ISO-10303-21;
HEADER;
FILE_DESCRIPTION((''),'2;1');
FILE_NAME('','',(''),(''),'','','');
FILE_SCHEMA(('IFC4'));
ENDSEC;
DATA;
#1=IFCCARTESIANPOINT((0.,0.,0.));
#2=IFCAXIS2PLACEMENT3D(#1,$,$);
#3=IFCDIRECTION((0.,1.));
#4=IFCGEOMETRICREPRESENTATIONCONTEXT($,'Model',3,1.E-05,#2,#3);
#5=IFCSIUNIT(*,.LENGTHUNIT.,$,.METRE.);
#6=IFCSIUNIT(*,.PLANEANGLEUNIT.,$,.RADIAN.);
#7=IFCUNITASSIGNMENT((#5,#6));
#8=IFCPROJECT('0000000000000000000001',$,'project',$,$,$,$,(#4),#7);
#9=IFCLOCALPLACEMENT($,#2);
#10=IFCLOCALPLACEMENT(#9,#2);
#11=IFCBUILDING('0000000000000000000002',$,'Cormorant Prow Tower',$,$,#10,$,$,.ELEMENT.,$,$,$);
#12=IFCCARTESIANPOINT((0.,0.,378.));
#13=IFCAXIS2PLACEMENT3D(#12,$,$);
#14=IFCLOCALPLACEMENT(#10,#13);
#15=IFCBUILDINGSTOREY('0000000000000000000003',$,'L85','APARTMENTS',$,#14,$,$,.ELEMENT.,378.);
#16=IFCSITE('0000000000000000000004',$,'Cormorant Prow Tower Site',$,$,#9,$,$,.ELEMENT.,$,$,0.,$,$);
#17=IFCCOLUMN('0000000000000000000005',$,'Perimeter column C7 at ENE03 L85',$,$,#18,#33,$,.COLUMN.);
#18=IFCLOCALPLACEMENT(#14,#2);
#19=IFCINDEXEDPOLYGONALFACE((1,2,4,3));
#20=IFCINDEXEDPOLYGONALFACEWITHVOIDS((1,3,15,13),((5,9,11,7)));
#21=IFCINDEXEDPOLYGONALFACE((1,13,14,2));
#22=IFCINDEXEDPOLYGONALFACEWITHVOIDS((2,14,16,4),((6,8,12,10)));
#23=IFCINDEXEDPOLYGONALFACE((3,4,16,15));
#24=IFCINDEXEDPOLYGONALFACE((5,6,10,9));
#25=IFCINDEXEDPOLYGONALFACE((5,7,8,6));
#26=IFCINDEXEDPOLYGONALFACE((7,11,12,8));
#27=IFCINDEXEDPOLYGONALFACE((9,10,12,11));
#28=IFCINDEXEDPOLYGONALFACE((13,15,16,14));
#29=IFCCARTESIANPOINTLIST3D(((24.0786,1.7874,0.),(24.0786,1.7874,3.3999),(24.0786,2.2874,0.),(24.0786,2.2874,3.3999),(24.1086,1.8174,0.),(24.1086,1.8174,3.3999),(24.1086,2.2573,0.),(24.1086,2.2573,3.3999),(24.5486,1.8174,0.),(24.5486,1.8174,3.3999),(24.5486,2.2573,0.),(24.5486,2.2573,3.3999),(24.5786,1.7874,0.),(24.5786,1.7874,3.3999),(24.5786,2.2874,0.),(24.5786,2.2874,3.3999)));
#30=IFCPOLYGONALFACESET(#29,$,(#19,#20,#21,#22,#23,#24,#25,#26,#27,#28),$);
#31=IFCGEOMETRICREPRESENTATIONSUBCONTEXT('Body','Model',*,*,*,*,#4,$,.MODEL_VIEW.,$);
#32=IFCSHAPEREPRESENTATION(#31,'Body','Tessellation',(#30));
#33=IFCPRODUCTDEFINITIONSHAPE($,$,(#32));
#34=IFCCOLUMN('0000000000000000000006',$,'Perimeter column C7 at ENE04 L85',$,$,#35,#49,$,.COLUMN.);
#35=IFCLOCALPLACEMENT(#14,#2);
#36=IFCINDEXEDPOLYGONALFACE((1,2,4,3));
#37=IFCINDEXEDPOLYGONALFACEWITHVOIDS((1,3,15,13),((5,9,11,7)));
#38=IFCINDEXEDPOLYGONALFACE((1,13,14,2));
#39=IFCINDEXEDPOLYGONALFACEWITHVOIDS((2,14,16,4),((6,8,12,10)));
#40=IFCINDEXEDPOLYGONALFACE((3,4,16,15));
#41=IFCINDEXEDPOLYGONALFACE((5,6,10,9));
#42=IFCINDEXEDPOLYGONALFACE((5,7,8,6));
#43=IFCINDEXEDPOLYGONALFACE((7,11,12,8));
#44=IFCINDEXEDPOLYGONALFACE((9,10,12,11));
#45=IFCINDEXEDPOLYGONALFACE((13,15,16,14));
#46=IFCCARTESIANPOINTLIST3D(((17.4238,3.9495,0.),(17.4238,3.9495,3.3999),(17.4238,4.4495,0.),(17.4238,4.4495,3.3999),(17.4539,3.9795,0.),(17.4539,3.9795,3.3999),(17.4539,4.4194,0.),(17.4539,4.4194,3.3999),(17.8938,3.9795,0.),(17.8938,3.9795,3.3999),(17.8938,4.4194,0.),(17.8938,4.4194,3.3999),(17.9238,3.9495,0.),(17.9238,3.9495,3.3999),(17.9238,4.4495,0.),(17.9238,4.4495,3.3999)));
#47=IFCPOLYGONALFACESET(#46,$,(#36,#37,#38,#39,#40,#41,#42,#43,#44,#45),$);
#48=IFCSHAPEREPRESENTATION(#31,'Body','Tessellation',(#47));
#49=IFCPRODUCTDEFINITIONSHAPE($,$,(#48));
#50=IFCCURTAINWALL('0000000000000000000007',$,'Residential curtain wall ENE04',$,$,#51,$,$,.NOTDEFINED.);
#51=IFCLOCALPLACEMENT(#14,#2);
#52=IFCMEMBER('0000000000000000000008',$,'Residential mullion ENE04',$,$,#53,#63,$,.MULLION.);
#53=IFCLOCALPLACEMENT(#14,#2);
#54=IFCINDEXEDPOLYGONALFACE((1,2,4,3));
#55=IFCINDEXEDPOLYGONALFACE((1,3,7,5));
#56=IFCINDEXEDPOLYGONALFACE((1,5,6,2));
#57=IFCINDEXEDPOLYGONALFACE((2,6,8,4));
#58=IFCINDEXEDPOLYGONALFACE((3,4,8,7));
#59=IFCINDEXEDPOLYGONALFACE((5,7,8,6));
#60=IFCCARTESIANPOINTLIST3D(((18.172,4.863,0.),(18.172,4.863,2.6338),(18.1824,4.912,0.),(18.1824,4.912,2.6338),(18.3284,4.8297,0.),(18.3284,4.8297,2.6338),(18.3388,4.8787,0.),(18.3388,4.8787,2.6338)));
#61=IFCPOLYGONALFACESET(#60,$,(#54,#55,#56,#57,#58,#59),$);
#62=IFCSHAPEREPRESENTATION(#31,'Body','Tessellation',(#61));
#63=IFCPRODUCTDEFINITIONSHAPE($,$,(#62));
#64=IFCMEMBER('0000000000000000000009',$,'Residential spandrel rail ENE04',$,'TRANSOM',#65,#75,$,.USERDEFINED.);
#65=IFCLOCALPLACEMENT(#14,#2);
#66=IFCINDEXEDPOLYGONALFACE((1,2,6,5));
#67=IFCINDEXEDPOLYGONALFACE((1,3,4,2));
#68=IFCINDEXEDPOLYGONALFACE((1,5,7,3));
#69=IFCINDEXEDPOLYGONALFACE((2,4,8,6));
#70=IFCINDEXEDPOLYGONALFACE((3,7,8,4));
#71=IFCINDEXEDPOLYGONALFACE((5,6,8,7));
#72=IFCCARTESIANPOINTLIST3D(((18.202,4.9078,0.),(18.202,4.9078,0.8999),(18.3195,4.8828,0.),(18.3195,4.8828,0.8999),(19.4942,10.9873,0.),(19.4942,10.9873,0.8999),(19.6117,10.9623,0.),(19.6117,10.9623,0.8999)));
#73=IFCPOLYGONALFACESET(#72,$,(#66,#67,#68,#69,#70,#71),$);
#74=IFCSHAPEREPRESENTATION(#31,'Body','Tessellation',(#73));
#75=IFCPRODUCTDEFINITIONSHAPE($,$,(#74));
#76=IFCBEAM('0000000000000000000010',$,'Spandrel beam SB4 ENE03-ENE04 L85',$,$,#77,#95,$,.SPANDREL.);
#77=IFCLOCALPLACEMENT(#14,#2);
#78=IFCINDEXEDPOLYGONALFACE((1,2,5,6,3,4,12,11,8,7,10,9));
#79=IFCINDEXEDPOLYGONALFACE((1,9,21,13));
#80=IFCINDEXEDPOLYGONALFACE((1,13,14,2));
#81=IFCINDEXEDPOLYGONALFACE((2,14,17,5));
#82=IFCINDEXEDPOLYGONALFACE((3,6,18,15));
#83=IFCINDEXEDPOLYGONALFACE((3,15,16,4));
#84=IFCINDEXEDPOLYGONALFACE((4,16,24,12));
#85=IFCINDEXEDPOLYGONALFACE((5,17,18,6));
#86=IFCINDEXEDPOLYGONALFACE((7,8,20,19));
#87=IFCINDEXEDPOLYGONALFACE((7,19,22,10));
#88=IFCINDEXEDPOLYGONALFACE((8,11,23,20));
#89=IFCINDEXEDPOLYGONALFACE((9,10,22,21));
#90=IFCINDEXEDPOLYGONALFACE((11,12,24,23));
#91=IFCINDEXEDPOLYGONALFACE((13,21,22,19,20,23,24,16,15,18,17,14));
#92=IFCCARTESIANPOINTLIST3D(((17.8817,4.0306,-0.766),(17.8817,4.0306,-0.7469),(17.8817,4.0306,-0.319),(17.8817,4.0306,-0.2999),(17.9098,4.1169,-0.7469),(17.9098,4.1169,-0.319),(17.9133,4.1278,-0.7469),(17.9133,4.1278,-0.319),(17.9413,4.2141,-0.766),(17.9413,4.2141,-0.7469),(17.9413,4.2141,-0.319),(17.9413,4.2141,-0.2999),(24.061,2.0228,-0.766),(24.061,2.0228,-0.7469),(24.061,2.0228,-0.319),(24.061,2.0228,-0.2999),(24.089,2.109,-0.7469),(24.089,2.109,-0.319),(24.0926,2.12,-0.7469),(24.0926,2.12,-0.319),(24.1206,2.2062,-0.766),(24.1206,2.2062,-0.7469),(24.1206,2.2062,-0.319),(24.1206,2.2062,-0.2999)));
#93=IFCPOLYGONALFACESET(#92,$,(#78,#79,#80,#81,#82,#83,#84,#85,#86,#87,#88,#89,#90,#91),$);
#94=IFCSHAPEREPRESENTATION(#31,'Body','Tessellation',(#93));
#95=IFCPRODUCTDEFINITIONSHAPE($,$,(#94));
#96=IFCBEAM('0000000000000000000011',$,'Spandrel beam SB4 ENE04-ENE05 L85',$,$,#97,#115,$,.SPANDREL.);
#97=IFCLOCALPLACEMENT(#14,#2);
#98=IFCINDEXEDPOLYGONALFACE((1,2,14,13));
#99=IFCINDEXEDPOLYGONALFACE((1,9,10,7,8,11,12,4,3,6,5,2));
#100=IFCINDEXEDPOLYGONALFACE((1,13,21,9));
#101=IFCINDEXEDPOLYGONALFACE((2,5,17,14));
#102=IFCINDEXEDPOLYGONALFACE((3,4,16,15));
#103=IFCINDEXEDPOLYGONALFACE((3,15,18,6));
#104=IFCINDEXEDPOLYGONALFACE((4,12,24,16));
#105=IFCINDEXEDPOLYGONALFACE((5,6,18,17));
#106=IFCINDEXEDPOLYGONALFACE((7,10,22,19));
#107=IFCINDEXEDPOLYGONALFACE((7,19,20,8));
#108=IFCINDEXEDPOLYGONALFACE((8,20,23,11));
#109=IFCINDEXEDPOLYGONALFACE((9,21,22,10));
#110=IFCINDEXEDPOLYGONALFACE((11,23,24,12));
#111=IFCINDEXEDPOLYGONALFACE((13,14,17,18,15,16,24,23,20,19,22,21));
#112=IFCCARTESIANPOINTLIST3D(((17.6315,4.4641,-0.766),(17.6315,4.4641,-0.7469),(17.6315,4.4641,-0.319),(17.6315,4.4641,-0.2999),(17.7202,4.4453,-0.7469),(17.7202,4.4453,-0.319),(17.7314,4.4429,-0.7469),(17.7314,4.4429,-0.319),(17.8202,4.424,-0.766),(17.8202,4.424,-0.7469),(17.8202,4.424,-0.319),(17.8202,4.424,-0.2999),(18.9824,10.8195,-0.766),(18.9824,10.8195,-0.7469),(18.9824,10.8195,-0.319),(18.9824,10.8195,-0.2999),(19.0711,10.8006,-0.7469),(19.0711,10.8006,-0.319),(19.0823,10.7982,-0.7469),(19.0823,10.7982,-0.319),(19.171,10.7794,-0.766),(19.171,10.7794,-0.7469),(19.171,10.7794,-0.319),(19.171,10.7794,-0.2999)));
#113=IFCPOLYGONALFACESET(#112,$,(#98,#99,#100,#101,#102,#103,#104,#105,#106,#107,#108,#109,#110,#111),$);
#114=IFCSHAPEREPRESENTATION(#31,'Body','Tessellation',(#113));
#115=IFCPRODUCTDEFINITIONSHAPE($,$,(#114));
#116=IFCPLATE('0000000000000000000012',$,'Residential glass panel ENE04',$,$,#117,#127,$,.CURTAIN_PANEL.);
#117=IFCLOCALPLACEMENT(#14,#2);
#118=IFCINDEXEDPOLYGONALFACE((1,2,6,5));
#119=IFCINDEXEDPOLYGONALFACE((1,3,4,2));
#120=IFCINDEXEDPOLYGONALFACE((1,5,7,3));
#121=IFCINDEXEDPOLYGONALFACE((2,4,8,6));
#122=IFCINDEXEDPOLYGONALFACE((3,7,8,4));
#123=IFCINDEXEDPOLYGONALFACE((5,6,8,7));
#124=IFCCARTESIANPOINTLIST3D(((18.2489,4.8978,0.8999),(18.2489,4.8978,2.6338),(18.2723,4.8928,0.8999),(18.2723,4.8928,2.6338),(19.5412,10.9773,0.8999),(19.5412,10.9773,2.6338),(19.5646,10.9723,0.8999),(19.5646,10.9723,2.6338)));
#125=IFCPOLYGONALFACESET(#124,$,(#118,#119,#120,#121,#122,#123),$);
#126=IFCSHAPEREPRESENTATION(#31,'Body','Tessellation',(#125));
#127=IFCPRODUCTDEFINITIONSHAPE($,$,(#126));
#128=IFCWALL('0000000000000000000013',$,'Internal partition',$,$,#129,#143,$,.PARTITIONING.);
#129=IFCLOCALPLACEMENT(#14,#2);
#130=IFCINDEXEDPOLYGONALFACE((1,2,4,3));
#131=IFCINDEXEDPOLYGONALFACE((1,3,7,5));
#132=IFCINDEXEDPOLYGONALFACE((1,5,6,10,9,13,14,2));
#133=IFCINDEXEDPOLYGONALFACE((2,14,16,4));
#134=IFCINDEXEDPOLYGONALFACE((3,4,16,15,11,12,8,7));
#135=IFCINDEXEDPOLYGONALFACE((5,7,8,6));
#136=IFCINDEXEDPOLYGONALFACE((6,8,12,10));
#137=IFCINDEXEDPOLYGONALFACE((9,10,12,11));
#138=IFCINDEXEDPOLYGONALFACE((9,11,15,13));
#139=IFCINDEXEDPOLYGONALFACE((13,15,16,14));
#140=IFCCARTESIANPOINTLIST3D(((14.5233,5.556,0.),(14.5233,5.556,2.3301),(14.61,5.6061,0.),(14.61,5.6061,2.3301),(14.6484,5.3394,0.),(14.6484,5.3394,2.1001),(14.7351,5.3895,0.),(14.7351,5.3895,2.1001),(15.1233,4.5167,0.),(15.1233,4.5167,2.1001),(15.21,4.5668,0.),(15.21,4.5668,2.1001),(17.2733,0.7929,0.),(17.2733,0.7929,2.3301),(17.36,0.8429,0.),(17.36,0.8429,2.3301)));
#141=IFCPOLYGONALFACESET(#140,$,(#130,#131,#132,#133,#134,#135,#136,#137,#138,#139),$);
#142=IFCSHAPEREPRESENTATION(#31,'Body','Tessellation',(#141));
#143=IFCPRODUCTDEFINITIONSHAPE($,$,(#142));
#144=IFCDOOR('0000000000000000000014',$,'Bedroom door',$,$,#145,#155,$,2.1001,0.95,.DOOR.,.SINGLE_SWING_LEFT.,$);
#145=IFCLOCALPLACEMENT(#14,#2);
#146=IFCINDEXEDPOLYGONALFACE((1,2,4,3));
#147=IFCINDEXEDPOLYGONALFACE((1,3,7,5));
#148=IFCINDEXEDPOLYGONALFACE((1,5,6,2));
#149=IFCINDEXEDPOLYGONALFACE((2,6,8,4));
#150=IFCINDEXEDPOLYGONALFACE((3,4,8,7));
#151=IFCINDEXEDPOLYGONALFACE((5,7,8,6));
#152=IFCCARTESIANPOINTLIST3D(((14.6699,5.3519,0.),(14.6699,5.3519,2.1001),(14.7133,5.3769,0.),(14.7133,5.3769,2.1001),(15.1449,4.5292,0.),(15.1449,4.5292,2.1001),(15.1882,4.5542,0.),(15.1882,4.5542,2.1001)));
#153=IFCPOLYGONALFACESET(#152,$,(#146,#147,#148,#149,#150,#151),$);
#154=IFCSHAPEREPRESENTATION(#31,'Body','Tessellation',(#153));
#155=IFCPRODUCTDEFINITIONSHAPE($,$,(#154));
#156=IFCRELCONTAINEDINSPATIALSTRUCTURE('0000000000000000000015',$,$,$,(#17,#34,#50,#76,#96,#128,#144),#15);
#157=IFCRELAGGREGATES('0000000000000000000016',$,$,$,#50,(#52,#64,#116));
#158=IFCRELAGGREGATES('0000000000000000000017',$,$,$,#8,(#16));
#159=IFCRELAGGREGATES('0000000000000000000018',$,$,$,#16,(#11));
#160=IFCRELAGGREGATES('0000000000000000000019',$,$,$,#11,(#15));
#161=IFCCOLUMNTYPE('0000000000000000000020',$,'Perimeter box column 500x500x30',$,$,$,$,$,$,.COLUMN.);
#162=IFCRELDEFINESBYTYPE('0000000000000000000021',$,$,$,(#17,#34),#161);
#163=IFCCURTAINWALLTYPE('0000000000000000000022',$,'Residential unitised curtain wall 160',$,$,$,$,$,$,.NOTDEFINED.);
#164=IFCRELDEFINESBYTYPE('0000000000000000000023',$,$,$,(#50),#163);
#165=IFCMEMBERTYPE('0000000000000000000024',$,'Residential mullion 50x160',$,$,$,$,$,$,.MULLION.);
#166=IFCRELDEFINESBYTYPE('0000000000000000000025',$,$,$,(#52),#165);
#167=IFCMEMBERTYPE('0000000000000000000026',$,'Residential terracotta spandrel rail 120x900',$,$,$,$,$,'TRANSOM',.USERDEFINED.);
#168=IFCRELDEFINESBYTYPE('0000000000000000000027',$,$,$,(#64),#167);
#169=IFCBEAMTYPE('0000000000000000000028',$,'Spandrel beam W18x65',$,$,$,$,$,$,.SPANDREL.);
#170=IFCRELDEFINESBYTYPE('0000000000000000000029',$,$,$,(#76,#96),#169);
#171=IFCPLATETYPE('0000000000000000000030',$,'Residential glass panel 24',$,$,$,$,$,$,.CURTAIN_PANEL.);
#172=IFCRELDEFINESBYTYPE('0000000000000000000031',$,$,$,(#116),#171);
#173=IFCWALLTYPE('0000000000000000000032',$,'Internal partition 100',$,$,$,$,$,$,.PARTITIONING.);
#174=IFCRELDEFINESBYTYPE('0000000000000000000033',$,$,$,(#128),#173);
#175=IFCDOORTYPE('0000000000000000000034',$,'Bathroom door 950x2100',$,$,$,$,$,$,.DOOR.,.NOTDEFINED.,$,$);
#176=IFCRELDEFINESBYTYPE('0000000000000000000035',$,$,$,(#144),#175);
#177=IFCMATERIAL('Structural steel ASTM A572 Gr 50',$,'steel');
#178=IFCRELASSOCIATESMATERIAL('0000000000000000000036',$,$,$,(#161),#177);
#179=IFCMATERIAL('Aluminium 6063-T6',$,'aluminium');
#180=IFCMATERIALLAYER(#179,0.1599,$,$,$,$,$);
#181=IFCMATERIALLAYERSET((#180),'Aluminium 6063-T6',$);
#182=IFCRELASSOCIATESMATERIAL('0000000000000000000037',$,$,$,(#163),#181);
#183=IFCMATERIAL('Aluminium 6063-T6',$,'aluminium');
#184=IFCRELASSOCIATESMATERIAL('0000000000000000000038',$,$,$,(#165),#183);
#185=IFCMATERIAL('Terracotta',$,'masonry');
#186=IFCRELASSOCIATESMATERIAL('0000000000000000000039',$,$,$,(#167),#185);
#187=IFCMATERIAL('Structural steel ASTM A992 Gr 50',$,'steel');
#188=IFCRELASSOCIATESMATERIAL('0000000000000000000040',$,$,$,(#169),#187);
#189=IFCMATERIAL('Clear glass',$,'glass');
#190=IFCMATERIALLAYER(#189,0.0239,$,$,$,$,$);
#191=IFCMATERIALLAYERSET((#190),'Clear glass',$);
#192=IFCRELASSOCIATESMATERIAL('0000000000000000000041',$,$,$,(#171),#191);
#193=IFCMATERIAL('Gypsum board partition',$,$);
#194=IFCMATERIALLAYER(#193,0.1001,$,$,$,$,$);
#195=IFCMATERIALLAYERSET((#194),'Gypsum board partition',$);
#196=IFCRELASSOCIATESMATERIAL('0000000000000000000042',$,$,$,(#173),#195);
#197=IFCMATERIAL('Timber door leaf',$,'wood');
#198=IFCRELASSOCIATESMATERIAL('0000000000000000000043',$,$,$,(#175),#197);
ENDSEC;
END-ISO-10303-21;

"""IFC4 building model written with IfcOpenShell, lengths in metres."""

from ifc_helpers import new_model, si_unit, direction, frame, frame_2d, origin, origin_2d, place, context, subcontext, project, spatial, rectangle, hollow_rectangle, i_section, extrude, material, layer, layer_set, material_profile, profile_set, type_object, element, fill, aggregate, save


model = new_model("IFC4")

# Units and contexts
model_context = context("Model", 3, precision=1e-05, world=origin(), true_north=direction((0.0, 1.0)))
body_context = subcontext(model_context, "Body", "Model", "MODEL_VIEW")
ifc_project = project(units=[si_unit("LENGTHUNIT", "METRE"), si_unit("PLANEANGLEUNIT", "RADIAN")], contexts=[model_context])

# Site, building, storey
site_placement = place(None, origin())
site = spatial("IfcSite", under=ifc_project, at=site_placement, Name="Cormorant Prow Tower Site", CompositionType="ELEMENT", RefElevation=0.0)
building_placement = place(site_placement, origin())
building = spatial("IfcBuilding", under=site, at=building_placement, Name="Cormorant Prow Tower", CompositionType="ELEMENT")
storey_placement = place(building_placement, frame((0.0, 0.0, 378.0)))
storey = spatial("IfcBuildingStorey", under=building, at=storey_placement, Name="L85", Description="APARTMENTS", CompositionType="ELEMENT", Elevation=378.0)

# Columns
ifc_material_1 = material(Name="Structural steel ASTM A572 Gr 50", Category="steel")
ifc_material_profile_1 = material_profile(ifc_material_1, hollow_rectangle(XDim=0.5, YDim=0.5, WallThickness=0.03, at=origin_2d()), Name="Box 500x500x30")
ifc_profile_set_1 = profile_set([ifc_material_profile_1], Name="Structural steel ASTM A572 Gr 50")
column_type = type_object("IfcColumnType", Name="Perimeter box column 500x500x30", PredefinedType="COLUMN", material=ifc_profile_set_1)
for number, where, z_axis, x_axis, name in (
    (1, (24.3286, 2.0374, 0.0), (0.0, 0.0, 1.0), (1.0, 0.0, 0.0), "Perimeter column C7 at ENE03 L85"),
    (2, (17.6738, 4.1995, 0.0), (0.0, 0.0, 1.0), (1.0, 0.0, 0.0), "Perimeter column C7 at ENE04 L85"),
):
    element("IfcColumn", number, at=place(storey_placement, frame(where, z_axis=z_axis, x_axis=x_axis)), inside=storey, type_object=column_type, Name=name, PredefinedType="COLUMN", context=body_context, shape_type="SweptSolid", body=[
        extrude(hollow_rectangle(XDim=0.5, YDim=0.5, WallThickness=0.03, at=origin_2d()), origin(), (0.0, 0.0, 1.0), 3.3999),
    ])

# Curtain wall, members
ifc_material_2 = material(Name="Aluminium 6063-T6", Category="aluminium")
ifc_layer_1 = layer(ifc_material_2, 0.1599)
ifc_layer_set_1 = layer_set([ifc_layer_1], Name="Aluminium 6063-T6")
curtain_wall_type = type_object("IfcCurtainWallType", Name="Residential unitised curtain wall 160", PredefinedType="NOTDEFINED", material=ifc_layer_set_1)
curtain_wall_placement = place(storey_placement, origin())
curtain_wall = element("IfcCurtainWall", 3, at=curtain_wall_placement, inside=storey, type_object=curtain_wall_type, Name="Residential curtain wall ENE04", PredefinedType="NOTDEFINED")
ifc_material_3 = material(Name="Aluminium 6063-T6", Category="aluminium")
ifc_material_profile_2 = material_profile(ifc_material_3, rectangle(XDim=0.1599, YDim=0.05, at=origin_2d()), Name="Residential mullion 50x160")
ifc_profile_set_2 = profile_set([ifc_material_profile_2], Name="Aluminium 6063-T6")
member_type_1 = type_object("IfcMemberType", Name="Residential mullion 50x160", PredefinedType="MULLION", material=ifc_profile_set_2)
member_1_placement = place(storey_placement, frame((18.2554, 4.8708, 0.0), z_axis=(0.0, 0.0, 1.0), x_axis=(-0.978148, 0.207912, 0.0)))
member_1 = element("IfcMember", 4, at=member_1_placement, type_object=member_type_1, Name="Residential mullion ENE04", PredefinedType="MULLION", context=body_context, shape_type="SweptSolid", body=[
    extrude(rectangle(XDim=0.1599, YDim=0.05, at=origin_2d()), origin(), (0.0, 0.0, 1.0), 2.6338),
])
ifc_material_4 = material(Name="Terracotta", Category="masonry")
ifc_material_profile_3 = material_profile(ifc_material_4, rectangle(XDim=0.1201, YDim=0.8999, at=origin_2d()), Name="Residential terracotta spandrel rail 120x900")
ifc_profile_set_3 = profile_set([ifc_material_profile_3], Name="Terracotta")
member_type_2 = type_object("IfcMemberType", Name="Residential terracotta spandrel rail 120x900", ElementType="TRANSOM", PredefinedType="USERDEFINED", material=ifc_profile_set_3)
member_2_placement = place(storey_placement, frame((18.2607, 4.8953, 0.45), z_axis=(0.207909, 0.978148, 0.0), x_axis=(-0.978148, 0.207909, 0.0)))
member_2 = element("IfcMember", 5, at=member_2_placement, type_object=member_type_2, Name="Residential spandrel rail ENE04", ObjectType="TRANSOM", PredefinedType="USERDEFINED", context=body_context, shape_type="SweptSolid", body=[
    extrude(rectangle(XDim=0.1201, YDim=0.8999, at=origin_2d()), origin(), (0.0, 0.0, 1.0), 6.2153),
])

# Beams
ifc_material_5 = material(Name="Structural steel ASTM A992 Gr 50", Category="steel")
ifc_material_profile_4 = material_profile(ifc_material_5, i_section(OverallWidth=0.1929, OverallDepth=0.4661, WebThickness=0.0115, FlangeThickness=0.019, at=origin_2d()), Name="W18x65")
ifc_profile_set_4 = profile_set([ifc_material_profile_4], Name="Structural steel ASTM A992 Gr 50")
beam_type = type_object("IfcBeamType", Name="Spandrel beam W18x65", PredefinedType="SPANDREL", material=ifc_profile_set_4)
for number, where, z_axis, x_axis, name in (
    (6, (24.0908, 2.1145, -0.533), (-0.951053, 0.309027, 0.0), (-0.309027, -0.951053, 0.0), "Spandrel beam SB4 ENE03-ENE04 L85"),
    (7, (17.7258, 4.4441, -0.533), (0.20791, 0.978148, 0.0), (-0.978148, 0.20791, 0.0), "Spandrel beam SB4 ENE04-ENE05 L85"),
):
    element("IfcBeam", number, at=place(storey_placement, frame(where, z_axis=z_axis, x_axis=x_axis)), inside=storey, type_object=beam_type, Name=name, PredefinedType="SPANDREL", context=body_context, shape_type="SweptSolid", body=[
        extrude(i_section(OverallWidth=0.1929, OverallDepth=0.4661, WebThickness=0.0115, FlangeThickness=0.019, at=origin_2d()), origin(), (0.0, 0.0, 1.0), 6.4973),
    ])

# Plate
ifc_material_6 = material(Name="Clear glass", Category="glass")
ifc_layer_2 = layer(ifc_material_6, 0.0239)
ifc_layer_set_2 = layer_set([ifc_layer_2], Name="Clear glass")
plate_type = type_object("IfcPlateType", Name="Residential glass panel 24", PredefinedType="CURTAIN_PANEL", material=ifc_layer_set_2)
plate_placement = place(storey_placement, frame((18.9067, 7.9351, 0.8999), z_axis=(0.0, 0.0, 1.0), x_axis=(0.207912, 0.978148, 0.0)))
plate = element("IfcPlate", 8, at=plate_placement, type_object=plate_type, Name="Residential glass panel ENE04", PredefinedType="CURTAIN_PANEL", context=body_context, shape_type="SweptSolid", body=[
    extrude(rectangle(XDim=6.2153, YDim=0.0239, at=origin_2d()), origin(), (0.0, 0.0, 1.0), 1.7339),
])
aggregate(curtain_wall, [member_1, member_2, plate])

# Wall, opening, door
ifc_material_7 = material(Name="Gypsum board partition")
ifc_layer_3 = layer(ifc_material_7, 0.1001)
ifc_layer_set_3 = layer_set([ifc_layer_3], Name="Gypsum board partition")
wall_type_1 = type_object("IfcWallType", Name="Internal partition 100", PredefinedType="PARTITIONING", material=ifc_layer_set_3)
wall_1_placement = place(storey_placement, frame((14.5667, 5.5811, 0.0), z_axis=(0.0, 0.0, 1.0), x_axis=(0.499997, -0.866027, 0.0)))
wall_1 = element("IfcWall", 9, at=wall_1_placement, inside=storey, type_object=wall_type_1, Name="Internal partition", PredefinedType="PARTITIONING", context=body_context, shape_type="SweptSolid", body=[
    extrude(rectangle(XDim=5.5, YDim=0.1001, at=frame_2d((2.75, 0.0))), origin(), (0.0, 0.0, 1.0), 2.3301),
])
opening_1_placement = place(wall_1_placement, frame((0.25, 0.0, 0.0)))
opening_1 = element("IfcOpeningElement", 10, at=opening_1_placement, cuts=wall_1, PredefinedType="OPENING", context=body_context, shape_type="SweptSolid", body=[
    extrude(rectangle(XDim=0.95, YDim=2.1001, at=frame_2d((0.4751, 1.05))), frame((0.0, 0.0601, 0.0), z_axis=(0.0, -1.0, 0.0), x_axis=(1.0, 0.0, 0.0)), (0.0, 0.0, 1.0), 0.1201),
])
ifc_material_8 = material(Name="Timber door leaf", Category="wood")
door_type_1 = type_object("IfcDoorType", Name="Bathroom door 950x2100", OperationType="NOTDEFINED", PredefinedType="DOOR", material=ifc_material_8)
door_1_placement = place(opening_1_placement, origin())
door_1 = element("IfcDoor", 11, at=door_1_placement, inside=storey, type_object=door_type_1, Name="Bedroom door", OperationType="SINGLE_SWING_LEFT", OverallHeight=2.1001, OverallWidth=0.95, PredefinedType="DOOR", context=body_context, shape_type="SweptSolid", body=[
    extrude(rectangle(XDim=0.95, YDim=2.1001, at=frame_2d((0.4751, 1.05))), frame((0.0, 0.0249, 0.0), z_axis=(0.0, -1.0, 0.0), x_axis=(1.0, 0.0, 0.0)), (0.0, 0.0, 1.0), 0.05),
])
fill(opening_1, door_1)

save(model, "model.ifc")
